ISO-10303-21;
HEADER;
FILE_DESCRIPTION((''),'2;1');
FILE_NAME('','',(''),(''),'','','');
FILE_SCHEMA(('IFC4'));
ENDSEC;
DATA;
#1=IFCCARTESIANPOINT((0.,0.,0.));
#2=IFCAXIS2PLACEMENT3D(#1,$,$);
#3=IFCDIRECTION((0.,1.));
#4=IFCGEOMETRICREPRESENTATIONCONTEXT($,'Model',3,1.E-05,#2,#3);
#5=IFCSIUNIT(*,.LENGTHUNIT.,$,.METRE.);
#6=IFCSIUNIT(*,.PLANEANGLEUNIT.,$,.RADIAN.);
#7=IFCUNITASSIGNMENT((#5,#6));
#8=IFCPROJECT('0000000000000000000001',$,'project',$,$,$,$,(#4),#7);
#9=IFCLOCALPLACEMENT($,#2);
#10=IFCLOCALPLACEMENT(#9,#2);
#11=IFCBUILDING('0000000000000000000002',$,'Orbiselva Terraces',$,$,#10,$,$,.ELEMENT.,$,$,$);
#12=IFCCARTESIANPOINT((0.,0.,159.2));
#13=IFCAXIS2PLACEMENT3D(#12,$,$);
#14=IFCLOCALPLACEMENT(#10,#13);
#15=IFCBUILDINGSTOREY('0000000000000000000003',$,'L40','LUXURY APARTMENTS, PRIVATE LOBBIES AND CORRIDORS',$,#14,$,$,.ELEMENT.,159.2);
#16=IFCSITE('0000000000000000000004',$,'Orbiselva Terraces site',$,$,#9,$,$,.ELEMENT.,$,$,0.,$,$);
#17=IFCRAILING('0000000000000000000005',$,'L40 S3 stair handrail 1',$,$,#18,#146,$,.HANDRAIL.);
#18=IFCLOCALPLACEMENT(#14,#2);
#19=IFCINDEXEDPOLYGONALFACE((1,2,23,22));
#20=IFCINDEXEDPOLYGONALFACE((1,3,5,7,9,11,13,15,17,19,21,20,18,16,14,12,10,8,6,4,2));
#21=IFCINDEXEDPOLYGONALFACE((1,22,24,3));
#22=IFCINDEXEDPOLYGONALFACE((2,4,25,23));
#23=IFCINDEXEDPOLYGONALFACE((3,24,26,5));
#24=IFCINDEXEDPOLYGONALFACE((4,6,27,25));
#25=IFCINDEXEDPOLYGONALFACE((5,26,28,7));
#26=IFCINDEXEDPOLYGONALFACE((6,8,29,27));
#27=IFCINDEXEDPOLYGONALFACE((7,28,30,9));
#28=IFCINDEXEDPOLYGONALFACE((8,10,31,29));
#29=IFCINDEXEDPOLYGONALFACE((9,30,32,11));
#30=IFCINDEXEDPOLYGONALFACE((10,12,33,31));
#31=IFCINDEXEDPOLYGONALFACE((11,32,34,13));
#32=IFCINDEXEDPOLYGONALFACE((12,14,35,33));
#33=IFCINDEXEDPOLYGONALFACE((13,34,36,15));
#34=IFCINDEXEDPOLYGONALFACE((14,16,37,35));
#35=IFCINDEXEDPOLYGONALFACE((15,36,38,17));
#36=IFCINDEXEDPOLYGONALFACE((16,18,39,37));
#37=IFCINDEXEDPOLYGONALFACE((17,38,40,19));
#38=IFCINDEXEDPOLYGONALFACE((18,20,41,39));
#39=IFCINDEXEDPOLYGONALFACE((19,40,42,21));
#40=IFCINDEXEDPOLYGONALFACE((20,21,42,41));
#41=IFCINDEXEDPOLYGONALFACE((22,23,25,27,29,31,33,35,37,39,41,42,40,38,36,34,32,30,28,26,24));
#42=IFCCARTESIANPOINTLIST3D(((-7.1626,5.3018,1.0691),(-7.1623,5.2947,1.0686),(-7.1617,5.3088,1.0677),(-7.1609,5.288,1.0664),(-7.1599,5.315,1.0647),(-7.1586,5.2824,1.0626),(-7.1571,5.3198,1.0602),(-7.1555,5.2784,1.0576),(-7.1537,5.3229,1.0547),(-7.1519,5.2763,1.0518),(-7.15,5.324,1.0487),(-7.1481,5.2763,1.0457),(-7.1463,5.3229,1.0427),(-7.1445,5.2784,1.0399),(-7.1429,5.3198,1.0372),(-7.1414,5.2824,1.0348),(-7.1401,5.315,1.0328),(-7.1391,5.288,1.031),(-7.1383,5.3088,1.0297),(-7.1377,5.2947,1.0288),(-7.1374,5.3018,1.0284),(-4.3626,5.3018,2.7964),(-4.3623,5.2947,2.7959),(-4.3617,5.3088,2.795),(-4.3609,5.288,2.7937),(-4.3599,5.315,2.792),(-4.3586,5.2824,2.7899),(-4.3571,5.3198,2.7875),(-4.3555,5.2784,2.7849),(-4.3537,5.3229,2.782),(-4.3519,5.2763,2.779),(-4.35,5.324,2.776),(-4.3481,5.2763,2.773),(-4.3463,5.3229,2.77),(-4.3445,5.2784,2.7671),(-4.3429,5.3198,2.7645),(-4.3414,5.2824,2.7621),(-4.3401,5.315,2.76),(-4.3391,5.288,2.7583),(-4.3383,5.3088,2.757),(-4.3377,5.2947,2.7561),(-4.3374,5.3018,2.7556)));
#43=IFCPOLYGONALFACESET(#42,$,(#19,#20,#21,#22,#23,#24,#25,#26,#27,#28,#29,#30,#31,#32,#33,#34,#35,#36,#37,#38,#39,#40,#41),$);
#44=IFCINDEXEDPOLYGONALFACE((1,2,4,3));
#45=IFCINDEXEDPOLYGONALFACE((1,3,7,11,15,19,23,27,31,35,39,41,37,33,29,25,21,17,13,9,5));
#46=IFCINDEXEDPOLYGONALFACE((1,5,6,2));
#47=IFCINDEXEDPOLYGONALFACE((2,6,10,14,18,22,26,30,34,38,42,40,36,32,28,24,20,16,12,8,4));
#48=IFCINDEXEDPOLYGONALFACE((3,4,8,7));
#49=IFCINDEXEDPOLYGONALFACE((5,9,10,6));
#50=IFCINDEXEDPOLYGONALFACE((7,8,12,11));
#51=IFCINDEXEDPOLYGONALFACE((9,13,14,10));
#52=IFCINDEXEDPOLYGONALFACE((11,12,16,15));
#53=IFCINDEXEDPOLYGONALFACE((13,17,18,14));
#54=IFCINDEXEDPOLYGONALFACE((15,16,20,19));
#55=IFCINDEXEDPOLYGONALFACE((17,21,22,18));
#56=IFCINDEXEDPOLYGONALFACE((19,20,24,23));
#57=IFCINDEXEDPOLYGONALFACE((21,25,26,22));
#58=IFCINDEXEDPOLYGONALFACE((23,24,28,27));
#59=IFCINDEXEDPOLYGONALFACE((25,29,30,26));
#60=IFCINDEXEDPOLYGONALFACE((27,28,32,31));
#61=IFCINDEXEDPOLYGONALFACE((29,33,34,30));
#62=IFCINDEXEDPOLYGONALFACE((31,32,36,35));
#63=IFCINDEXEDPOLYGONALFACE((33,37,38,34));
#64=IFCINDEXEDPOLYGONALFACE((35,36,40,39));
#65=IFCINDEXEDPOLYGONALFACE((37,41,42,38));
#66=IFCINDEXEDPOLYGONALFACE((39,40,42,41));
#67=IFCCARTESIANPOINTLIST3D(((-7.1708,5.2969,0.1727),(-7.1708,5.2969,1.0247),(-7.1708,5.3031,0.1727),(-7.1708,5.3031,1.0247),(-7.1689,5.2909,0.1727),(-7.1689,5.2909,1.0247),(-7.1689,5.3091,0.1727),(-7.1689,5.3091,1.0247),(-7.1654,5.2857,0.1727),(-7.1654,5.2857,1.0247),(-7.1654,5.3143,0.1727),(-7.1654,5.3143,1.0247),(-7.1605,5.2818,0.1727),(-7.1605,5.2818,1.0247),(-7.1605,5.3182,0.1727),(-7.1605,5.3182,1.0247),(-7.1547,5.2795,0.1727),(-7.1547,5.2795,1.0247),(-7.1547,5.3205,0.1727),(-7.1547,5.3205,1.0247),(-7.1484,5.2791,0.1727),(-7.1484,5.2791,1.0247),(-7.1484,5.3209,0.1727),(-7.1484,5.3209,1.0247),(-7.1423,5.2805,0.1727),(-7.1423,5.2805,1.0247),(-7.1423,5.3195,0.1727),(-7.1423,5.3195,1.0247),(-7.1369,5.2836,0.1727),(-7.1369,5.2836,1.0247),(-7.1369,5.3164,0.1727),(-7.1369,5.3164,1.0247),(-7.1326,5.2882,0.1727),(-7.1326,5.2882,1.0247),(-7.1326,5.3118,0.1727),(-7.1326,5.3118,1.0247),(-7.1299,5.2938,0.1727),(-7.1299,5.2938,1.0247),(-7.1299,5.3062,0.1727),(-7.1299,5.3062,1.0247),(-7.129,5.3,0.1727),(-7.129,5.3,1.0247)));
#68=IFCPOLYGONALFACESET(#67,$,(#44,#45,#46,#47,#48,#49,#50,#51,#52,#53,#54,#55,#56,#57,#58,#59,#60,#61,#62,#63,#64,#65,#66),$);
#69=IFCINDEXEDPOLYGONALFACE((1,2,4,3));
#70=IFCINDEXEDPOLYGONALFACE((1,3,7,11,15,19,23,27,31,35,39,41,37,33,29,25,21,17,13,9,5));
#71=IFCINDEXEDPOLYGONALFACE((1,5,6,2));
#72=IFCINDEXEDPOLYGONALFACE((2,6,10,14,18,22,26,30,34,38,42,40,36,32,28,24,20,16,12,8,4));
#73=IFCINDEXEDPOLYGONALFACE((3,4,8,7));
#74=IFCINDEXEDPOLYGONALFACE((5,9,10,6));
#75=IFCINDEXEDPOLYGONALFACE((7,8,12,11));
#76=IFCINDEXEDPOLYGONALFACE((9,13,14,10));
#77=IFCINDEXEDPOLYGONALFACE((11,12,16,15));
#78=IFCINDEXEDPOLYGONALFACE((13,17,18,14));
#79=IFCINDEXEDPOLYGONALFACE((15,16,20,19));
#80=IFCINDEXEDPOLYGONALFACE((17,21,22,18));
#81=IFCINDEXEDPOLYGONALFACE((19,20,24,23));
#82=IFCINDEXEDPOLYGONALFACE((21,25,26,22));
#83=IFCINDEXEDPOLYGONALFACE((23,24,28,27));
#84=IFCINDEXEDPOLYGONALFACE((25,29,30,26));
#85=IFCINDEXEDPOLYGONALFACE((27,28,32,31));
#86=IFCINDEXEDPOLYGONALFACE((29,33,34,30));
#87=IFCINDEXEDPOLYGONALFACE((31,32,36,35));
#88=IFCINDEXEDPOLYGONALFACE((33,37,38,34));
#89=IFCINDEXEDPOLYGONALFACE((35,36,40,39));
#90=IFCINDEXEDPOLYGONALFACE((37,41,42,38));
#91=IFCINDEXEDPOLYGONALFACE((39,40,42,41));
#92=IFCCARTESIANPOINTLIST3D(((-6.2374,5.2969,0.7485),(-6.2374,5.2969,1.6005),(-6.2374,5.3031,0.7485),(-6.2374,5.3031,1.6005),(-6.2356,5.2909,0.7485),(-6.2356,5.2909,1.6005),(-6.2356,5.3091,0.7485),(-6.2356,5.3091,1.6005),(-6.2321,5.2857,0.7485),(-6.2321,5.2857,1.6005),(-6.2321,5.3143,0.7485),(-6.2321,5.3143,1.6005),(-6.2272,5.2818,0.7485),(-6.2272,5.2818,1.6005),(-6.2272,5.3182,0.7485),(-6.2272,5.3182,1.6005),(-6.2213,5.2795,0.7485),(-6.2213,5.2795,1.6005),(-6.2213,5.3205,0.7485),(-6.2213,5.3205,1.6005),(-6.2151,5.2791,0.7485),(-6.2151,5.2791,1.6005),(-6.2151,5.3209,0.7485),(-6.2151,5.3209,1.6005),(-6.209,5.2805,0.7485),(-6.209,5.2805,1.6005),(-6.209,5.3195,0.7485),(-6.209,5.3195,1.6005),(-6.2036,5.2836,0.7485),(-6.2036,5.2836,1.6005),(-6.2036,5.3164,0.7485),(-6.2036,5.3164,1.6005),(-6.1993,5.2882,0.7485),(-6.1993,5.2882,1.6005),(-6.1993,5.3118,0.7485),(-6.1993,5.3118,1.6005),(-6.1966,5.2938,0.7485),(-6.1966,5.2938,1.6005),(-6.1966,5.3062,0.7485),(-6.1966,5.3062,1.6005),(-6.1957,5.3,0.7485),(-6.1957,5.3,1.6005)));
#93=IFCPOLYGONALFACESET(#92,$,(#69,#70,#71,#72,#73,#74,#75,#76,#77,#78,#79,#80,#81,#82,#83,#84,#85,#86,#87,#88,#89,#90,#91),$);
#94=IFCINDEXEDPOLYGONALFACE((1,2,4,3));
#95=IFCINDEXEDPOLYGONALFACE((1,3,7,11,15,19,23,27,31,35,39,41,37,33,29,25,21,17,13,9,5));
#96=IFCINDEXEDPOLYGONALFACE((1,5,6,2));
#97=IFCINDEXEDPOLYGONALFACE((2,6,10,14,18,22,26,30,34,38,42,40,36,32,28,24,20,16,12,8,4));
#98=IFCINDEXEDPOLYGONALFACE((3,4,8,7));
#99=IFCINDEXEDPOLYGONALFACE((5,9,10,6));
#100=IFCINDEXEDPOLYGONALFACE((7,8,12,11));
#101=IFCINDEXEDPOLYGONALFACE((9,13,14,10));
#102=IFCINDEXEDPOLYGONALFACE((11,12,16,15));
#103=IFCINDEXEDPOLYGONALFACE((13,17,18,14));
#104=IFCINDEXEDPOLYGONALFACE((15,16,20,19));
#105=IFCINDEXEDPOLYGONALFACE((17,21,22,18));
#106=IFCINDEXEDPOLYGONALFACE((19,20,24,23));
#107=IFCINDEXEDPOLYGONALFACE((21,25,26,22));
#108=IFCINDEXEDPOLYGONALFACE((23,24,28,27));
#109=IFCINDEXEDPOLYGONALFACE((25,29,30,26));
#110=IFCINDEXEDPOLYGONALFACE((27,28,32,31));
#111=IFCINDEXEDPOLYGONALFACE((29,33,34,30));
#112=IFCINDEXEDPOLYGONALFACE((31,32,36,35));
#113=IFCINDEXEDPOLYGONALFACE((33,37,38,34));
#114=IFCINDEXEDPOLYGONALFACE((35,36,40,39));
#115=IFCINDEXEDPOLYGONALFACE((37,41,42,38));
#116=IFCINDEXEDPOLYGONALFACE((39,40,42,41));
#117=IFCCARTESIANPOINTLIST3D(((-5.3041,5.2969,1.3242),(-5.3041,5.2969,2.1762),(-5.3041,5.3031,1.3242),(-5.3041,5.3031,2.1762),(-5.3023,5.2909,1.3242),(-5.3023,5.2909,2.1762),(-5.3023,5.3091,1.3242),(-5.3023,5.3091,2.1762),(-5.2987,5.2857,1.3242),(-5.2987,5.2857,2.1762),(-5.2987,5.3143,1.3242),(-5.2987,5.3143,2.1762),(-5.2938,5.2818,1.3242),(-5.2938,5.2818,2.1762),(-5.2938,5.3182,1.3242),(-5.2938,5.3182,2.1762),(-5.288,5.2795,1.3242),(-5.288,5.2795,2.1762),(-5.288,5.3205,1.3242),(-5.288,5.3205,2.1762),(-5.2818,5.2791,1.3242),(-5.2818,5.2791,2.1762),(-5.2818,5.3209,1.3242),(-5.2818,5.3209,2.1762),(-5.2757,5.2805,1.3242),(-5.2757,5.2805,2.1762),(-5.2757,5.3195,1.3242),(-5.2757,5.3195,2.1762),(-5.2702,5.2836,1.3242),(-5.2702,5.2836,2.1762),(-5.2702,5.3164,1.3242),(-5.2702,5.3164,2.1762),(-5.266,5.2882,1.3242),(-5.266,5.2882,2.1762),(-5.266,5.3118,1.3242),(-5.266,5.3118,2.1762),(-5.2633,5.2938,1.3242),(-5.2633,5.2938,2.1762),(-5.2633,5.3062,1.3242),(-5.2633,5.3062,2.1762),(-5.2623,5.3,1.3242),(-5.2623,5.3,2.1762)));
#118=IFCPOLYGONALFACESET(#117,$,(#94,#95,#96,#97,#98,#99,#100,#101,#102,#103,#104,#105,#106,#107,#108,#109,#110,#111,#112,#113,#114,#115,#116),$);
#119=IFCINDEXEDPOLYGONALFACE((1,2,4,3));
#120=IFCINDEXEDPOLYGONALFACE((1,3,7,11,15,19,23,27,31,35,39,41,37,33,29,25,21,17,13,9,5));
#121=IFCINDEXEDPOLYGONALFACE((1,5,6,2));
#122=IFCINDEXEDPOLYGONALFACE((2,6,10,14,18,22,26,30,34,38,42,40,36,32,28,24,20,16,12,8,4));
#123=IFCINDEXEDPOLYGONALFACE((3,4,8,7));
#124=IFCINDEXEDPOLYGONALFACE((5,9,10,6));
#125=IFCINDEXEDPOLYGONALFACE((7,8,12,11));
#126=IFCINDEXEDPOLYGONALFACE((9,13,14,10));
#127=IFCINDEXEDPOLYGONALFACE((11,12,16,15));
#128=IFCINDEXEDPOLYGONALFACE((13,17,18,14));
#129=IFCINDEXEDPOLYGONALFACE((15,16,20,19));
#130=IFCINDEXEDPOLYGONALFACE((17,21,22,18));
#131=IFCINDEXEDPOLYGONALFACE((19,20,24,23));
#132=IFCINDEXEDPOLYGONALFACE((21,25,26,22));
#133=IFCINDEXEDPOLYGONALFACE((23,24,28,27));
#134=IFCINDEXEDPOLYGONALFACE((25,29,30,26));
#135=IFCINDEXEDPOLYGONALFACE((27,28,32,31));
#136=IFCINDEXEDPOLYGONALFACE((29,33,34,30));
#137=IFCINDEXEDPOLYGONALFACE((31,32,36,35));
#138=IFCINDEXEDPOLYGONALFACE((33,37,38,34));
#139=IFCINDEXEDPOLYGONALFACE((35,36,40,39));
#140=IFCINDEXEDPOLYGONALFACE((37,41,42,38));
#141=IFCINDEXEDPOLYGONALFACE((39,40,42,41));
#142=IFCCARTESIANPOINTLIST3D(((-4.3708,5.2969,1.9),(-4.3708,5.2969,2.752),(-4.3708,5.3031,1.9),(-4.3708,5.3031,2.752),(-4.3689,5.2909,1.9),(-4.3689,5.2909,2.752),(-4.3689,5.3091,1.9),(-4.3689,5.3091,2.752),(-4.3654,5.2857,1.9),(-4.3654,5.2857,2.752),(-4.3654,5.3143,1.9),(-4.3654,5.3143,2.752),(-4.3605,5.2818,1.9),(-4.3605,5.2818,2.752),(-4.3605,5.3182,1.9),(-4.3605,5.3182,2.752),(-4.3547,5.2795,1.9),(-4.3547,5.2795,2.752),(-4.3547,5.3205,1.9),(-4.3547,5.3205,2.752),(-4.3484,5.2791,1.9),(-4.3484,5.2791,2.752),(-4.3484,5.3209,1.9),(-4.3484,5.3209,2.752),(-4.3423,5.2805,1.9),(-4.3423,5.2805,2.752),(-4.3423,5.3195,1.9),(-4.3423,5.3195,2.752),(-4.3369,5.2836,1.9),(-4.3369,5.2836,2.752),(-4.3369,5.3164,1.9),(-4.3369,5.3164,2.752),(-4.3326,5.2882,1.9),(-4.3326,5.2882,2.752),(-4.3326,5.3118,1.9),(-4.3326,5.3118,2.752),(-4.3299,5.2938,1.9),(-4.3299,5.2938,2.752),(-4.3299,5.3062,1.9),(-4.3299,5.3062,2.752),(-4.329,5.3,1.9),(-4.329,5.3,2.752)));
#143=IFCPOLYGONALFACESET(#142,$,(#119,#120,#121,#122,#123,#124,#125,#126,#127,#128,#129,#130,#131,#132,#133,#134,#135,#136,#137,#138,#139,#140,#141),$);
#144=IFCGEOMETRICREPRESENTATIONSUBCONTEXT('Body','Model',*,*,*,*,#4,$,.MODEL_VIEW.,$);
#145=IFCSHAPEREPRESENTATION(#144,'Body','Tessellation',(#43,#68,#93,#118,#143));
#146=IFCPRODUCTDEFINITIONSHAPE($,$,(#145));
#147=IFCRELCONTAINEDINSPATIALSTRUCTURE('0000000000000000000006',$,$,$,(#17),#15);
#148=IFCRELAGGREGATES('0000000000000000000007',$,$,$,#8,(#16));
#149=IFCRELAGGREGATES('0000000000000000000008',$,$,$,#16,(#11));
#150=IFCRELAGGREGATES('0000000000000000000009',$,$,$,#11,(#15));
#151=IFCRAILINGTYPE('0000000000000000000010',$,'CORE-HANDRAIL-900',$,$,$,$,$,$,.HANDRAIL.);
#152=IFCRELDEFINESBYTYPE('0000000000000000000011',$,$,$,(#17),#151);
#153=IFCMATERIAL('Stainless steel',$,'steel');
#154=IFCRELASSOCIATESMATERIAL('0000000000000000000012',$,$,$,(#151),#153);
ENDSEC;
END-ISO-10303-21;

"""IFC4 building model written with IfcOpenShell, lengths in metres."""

from ifc_helpers import new_model, si_unit, direction, frame, origin, origin_2d, place, context, subcontext, project, spatial, circle, extrude, material, type_object, element, save


model = new_model("IFC4")

# Units and contexts
model_context = context("Model", 3, precision=1e-05, world=origin(), true_north=direction((0.0, 1.0)))
body_context = subcontext(model_context, "Body", "Model", "MODEL_VIEW")
ifc_project = project(units=[si_unit("LENGTHUNIT", "METRE"), si_unit("PLANEANGLEUNIT", "RADIAN")], contexts=[model_context])

# Site, building, storey
site_placement = place(None, origin())
site = spatial("IfcSite", under=ifc_project, at=site_placement, Name="Orbiselva Terraces site", CompositionType="ELEMENT", RefElevation=0.0)
building_placement = place(site_placement, origin())
building = spatial("IfcBuilding", under=site, at=building_placement, Name="Orbiselva Terraces", CompositionType="ELEMENT")
storey_placement = place(building_placement, frame((0.0, 0.0, 159.2)))
storey = spatial("IfcBuildingStorey", under=building, at=storey_placement, Name="L40", Description="LUXURY APARTMENTS, PRIVATE LOBBIES AND CORRIDORS", CompositionType="ELEMENT", Elevation=159.2)

# Railing
ifc_material_1 = material(Name="Stainless steel", Category="steel")
railing_type_1 = type_object("IfcRailingType", Name="CORE-HANDRAIL-900", PredefinedType="HANDRAIL", material=ifc_material_1)
railing_1_placement = place(storey_placement, frame((-7.15, 5.3, 0.1727)))
element("IfcRailing", 1, at=railing_1_placement, inside=storey, type_object=railing_type_1, Name="L40 S3 stair handrail 1", PredefinedType="HANDRAIL", context=body_context, shape_type="SweptSolid", body=[
    extrude(circle(Radius=0.024, at=origin_2d()), frame((0.0, 0.0, 0.876), z_axis=(0.851089, 0.0, 0.525022), x_axis=(0.0, 1.0, 0.0)), (0.0, 0.0, 1.0), 3.2899),
    extrude(circle(Radius=0.021, at=origin_2d()), origin(), (0.0, 0.0, 1.0), 0.852),
    extrude(circle(Radius=0.021, at=origin_2d()), frame((0.9333, 0.0, 0.5758)), (0.0, 0.0, 1.0), 0.852),
    extrude(circle(Radius=0.021, at=origin_2d()), frame((1.8667, 0.0, 1.1515)), (0.0, 0.0, 1.0), 0.852),
    extrude(circle(Radius=0.021, at=origin_2d()), frame((2.8, 0.0, 1.7273)), (0.0, 0.0, 1.0), 0.852),
])

save(model, "model.ifc")
